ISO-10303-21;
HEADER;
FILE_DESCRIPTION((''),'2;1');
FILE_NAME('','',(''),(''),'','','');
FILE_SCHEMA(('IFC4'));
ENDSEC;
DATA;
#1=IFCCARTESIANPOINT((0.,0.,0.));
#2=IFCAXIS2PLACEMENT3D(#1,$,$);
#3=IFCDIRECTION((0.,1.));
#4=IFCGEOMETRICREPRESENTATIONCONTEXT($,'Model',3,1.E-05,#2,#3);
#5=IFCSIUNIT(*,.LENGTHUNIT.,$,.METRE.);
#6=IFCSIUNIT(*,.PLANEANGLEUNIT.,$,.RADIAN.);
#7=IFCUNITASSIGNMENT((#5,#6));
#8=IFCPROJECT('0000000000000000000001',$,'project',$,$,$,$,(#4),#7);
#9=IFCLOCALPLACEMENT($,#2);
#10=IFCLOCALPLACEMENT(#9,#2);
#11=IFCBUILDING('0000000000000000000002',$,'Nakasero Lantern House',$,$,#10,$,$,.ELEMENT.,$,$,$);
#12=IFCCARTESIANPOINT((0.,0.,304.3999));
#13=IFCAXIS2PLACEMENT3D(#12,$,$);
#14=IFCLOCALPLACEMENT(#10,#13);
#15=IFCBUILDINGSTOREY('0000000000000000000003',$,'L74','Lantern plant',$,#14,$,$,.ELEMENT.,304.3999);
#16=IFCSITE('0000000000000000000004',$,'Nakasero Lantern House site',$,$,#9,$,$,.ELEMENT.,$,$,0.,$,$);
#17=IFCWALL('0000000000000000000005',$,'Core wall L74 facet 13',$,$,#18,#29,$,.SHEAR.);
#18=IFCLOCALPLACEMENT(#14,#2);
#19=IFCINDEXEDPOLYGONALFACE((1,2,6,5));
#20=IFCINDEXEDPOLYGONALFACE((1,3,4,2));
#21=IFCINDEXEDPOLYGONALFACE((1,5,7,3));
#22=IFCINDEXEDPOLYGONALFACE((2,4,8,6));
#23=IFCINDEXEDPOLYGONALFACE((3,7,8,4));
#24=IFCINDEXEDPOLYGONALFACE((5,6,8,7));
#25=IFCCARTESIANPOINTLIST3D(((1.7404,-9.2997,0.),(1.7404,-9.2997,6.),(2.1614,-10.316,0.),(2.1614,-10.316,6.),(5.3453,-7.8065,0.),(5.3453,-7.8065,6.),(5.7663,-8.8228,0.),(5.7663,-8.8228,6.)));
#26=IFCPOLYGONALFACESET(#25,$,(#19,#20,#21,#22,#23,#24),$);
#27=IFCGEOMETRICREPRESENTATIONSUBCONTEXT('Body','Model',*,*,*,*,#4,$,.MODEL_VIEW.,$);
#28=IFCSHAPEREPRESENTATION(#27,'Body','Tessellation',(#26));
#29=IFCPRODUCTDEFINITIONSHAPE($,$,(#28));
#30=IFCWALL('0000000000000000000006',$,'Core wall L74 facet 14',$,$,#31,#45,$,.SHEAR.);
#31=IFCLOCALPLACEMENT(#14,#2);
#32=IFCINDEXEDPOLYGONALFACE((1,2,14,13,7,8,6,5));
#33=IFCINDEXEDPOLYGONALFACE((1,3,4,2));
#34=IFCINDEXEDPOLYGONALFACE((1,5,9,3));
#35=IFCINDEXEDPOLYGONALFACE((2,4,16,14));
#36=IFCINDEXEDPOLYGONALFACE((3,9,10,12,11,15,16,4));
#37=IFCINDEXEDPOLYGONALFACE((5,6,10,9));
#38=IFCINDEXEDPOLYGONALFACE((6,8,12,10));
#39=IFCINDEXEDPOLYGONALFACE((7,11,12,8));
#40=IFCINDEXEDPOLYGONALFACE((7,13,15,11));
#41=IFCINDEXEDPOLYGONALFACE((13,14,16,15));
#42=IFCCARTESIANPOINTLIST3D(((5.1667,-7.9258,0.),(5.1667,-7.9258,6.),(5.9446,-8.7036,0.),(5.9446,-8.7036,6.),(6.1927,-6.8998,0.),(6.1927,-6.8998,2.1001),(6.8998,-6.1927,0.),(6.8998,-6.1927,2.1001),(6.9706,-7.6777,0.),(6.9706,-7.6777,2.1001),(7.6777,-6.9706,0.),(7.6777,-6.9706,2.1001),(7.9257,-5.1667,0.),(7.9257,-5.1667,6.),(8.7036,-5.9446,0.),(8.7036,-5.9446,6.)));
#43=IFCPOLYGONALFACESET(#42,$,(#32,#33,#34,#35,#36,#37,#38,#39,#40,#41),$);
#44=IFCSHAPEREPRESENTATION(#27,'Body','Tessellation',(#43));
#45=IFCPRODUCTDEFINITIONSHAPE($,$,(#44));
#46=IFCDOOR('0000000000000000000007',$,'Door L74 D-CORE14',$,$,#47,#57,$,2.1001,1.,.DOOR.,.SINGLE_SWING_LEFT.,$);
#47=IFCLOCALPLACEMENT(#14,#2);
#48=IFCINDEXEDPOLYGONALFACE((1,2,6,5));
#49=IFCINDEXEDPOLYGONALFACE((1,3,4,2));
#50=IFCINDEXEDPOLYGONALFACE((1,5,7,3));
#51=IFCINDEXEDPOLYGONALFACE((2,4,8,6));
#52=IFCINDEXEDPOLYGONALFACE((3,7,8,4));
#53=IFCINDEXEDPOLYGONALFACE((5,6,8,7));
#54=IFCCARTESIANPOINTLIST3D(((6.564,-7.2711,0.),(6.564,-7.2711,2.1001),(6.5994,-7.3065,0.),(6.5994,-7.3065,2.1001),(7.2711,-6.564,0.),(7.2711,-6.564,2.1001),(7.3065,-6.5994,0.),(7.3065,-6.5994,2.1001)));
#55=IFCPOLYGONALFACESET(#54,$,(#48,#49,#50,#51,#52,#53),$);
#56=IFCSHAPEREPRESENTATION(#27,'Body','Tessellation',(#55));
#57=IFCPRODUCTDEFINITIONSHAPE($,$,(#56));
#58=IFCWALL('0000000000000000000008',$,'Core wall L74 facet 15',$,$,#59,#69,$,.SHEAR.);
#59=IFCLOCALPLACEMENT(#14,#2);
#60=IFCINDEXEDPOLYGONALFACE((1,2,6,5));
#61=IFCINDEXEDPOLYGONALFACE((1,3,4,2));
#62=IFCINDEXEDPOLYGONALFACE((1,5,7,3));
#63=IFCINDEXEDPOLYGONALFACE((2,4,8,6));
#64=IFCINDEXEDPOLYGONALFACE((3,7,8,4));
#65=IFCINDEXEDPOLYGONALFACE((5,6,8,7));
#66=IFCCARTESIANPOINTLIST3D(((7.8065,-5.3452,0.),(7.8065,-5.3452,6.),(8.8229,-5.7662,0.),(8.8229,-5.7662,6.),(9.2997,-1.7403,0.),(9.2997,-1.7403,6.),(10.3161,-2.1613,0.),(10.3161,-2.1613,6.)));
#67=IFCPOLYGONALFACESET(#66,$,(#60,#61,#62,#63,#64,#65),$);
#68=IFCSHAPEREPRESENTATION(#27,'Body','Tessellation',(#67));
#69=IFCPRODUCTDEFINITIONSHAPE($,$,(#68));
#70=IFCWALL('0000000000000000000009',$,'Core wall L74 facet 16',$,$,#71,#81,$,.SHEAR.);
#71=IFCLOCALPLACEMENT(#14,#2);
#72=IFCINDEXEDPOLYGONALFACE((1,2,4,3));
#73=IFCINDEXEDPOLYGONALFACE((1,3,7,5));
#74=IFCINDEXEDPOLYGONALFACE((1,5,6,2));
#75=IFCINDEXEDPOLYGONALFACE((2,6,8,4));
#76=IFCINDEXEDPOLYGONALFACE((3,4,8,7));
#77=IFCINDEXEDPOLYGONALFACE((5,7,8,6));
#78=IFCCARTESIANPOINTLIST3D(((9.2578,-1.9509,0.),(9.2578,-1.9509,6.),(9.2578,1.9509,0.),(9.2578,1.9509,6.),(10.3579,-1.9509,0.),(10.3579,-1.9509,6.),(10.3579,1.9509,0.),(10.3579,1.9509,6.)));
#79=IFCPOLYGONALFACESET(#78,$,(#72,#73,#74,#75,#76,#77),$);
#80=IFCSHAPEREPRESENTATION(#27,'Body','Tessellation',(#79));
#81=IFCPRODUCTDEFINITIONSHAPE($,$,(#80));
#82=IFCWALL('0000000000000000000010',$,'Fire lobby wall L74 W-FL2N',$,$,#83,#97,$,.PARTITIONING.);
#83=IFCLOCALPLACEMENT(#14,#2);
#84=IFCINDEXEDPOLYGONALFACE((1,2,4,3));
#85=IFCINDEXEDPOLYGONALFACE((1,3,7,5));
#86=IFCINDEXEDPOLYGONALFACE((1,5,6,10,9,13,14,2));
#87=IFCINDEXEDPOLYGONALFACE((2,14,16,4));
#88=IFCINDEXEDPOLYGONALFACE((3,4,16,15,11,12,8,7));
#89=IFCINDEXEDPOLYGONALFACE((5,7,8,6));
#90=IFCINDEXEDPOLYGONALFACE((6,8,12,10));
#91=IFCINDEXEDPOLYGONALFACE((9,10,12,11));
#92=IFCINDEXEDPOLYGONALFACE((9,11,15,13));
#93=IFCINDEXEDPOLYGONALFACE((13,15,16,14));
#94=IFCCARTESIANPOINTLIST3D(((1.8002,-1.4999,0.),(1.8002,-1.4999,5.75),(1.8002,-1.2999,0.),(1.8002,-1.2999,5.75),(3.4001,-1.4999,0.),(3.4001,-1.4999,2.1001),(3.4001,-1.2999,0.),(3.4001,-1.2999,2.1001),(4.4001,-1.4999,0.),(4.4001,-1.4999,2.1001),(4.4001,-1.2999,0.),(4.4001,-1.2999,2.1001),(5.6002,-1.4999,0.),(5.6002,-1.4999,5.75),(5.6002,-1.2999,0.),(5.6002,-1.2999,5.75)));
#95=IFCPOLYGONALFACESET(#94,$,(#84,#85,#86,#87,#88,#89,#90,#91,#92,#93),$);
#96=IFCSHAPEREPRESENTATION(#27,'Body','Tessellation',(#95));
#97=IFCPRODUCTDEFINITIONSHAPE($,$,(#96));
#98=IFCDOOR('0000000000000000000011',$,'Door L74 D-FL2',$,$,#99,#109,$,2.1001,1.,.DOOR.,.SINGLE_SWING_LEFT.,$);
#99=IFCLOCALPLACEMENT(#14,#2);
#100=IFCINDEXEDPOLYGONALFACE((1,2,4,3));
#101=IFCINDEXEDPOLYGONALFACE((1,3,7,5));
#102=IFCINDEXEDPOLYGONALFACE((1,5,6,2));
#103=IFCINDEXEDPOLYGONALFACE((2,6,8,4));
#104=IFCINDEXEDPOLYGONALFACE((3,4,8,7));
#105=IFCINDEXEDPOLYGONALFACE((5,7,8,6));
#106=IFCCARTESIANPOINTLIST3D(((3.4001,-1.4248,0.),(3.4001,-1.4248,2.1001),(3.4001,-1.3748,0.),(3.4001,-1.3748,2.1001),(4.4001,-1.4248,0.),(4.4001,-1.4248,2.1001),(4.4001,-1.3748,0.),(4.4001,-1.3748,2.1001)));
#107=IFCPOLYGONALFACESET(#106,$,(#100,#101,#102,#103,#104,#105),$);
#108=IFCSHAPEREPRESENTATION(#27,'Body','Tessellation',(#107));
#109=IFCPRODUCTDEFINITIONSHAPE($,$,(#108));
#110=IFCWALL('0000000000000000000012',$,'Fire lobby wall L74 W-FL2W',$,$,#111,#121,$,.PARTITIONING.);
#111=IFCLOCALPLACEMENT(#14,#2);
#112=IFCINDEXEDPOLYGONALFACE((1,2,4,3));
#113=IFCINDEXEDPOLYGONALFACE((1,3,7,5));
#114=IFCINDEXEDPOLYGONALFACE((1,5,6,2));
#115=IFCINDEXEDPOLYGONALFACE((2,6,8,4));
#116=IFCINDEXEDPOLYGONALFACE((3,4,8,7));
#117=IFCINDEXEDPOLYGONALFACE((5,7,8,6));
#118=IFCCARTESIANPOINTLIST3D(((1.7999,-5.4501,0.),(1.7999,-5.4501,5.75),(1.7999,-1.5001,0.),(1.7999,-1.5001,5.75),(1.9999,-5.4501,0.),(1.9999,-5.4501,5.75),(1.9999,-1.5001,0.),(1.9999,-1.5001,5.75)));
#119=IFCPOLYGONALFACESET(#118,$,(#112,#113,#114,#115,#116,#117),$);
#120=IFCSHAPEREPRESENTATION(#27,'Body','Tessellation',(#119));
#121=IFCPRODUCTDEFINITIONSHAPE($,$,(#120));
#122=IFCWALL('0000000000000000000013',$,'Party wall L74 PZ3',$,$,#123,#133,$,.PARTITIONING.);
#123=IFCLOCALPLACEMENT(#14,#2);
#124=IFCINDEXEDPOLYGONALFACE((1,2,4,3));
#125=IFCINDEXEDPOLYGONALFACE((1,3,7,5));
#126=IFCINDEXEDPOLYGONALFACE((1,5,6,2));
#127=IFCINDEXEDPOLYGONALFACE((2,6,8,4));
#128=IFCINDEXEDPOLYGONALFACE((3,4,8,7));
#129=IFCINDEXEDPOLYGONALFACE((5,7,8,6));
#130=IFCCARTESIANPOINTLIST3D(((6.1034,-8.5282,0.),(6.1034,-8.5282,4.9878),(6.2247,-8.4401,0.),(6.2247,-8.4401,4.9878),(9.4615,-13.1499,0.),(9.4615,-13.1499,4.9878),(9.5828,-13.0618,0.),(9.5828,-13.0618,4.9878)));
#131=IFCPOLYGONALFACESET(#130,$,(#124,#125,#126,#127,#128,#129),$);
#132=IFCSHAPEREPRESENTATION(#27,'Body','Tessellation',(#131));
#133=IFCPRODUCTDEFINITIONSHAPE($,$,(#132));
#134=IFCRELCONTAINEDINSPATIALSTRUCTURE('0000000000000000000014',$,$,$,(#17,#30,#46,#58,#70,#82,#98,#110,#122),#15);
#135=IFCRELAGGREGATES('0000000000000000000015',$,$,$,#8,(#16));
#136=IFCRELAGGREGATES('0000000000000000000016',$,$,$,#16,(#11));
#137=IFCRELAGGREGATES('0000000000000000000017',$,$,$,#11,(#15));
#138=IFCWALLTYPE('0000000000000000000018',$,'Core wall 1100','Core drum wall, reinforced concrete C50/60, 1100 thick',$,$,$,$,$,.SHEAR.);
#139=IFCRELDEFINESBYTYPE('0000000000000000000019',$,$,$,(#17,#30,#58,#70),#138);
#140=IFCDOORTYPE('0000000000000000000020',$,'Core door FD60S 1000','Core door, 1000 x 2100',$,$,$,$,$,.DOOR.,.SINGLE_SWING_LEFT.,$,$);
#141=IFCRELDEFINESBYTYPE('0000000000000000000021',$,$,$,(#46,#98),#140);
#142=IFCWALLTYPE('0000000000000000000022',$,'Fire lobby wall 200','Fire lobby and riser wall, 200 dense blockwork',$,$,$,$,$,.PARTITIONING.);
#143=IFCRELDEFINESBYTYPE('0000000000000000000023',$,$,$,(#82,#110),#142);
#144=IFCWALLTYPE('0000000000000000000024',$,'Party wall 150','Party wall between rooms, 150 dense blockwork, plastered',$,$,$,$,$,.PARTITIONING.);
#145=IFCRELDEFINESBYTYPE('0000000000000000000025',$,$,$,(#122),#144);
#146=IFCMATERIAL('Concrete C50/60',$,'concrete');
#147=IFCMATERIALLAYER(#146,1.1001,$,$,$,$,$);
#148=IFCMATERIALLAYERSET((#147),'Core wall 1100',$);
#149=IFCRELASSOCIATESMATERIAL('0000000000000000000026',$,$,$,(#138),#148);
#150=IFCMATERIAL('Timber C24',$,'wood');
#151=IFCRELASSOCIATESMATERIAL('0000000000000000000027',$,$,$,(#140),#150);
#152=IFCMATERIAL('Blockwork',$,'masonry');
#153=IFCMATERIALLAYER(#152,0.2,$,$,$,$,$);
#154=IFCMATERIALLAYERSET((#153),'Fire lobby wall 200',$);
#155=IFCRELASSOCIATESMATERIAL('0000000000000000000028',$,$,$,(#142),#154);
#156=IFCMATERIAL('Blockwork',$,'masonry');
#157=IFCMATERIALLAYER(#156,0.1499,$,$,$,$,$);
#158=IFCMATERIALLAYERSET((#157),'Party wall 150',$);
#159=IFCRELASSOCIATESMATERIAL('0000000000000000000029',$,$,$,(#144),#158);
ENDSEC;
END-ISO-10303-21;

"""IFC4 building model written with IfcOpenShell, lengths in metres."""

from ifc_helpers import new_model, si_unit, direction, frame, frame_2d, origin, place, context, subcontext, project, spatial, rectangle, extrude, material, layer, layer_set, type_object, element, fill, save


model = new_model("IFC4")

# Units and contexts
model_context = context("Model", 3, precision=1e-05, world=origin(), true_north=direction((0.0, 1.0)))
body_context = subcontext(model_context, "Body", "Model", "MODEL_VIEW")
ifc_project = project(units=[si_unit("LENGTHUNIT", "METRE"), si_unit("PLANEANGLEUNIT", "RADIAN")], contexts=[model_context])

# Site, building, storey
site_placement = place(None, origin())
site = spatial("IfcSite", under=ifc_project, at=site_placement, Name="Nakasero Lantern House site", CompositionType="ELEMENT", RefElevation=0.0)
building_placement = place(site_placement, origin())
building = spatial("IfcBuilding", under=site, at=building_placement, Name="Nakasero Lantern House", CompositionType="ELEMENT")
storey_placement = place(building_placement, frame((0.0, 0.0, 304.3999)))
storey = spatial("IfcBuildingStorey", under=building, at=storey_placement, Name="L74", Description="Lantern plant", CompositionType="ELEMENT", Elevation=304.3999)

# Wall
ifc_material_1 = material(Name="Concrete C50/60", Category="concrete")
ifc_layer_1 = layer(ifc_material_1, 1.1001)
ifc_layer_set_1 = layer_set([ifc_layer_1], Name="Core wall 1100")
wall_type_1 = type_object("IfcWallType", Name="Core wall 1100", Description="Core drum wall, reinforced concrete C50/60, 1100 thick", PredefinedType="SHEAR", material=ifc_layer_set_1)
wall_1_placement = place(storey_placement, frame((1.9509, -9.8079, 0.0), z_axis=(0.0, 0.0, 1.0), x_axis=(0.923877, 0.382691, 0.0)))
element("IfcWall", 1, at=wall_1_placement, inside=storey, type_object=wall_type_1, Name="Core wall L74 facet 13", PredefinedType="SHEAR", context=body_context, shape_type="SweptSolid", body=[
    extrude(rectangle(XDim=3.9019, YDim=1.1001, at=frame_2d((1.9509, 0.0))), origin(), (0.0, 0.0, 1.0), 6.0),
])

# Wall, opening, door
wall_2_placement = place(storey_placement, frame((5.5557, -8.3147, 0.0), z_axis=(0.0, 0.0, 1.0), x_axis=(0.707107, 0.707107, 0.0)))
wall_2 = element("IfcWall", 2, at=wall_2_placement, inside=storey, type_object=wall_type_1, Name="Core wall L74 facet 14", PredefinedType="SHEAR", context=body_context, shape_type="SweptSolid", body=[
    extrude(rectangle(XDim=3.9019, YDim=1.1001, at=frame_2d((1.9509, 0.0))), origin(), (0.0, 0.0, 1.0), 6.0),
])
opening_1_placement = place(wall_2_placement, frame((1.4509, 0.0, 0.0)))
opening_1 = element("IfcOpeningElement", 3, at=opening_1_placement, cuts=wall_2, PredefinedType="OPENING", context=body_context, shape_type="SweptSolid", body=[
    extrude(rectangle(XDim=1.0, YDim=2.1001, at=frame_2d((0.5, 1.05))), frame((0.0, 0.5701, 0.0), z_axis=(0.0, -1.0, 0.0), x_axis=(1.0, 0.0, 0.0)), (0.0, 0.0, 1.0), 1.1401),
])
ifc_material_2 = material(Name="Timber C24", Category="wood")
door_type_1 = type_object("IfcDoorType", Name="Core door FD60S 1000", Description="Core door, 1000 x 2100", OperationType="SINGLE_SWING_LEFT", PredefinedType="DOOR", material=ifc_material_2)
door_1_placement = place(opening_1_placement, origin())
door_1 = element("IfcDoor", 4, at=door_1_placement, inside=storey, type_object=door_type_1, Name="Door L74 D-CORE14", OperationType="SINGLE_SWING_LEFT", OverallHeight=2.1001, OverallWidth=1.0, PredefinedType="DOOR", context=body_context, shape_type="SweptSolid", body=[
    extrude(rectangle(XDim=1.0, YDim=2.1001, at=frame_2d((0.5, 1.05))), frame((0.0, 0.0249, 0.0), z_axis=(0.0, -1.0, 0.0), x_axis=(1.0, 0.0, 0.0)), (0.0, 0.0, 1.0), 0.05),
])
fill(opening_1, door_1)

# Walls
for number, where, z_axis, x_axis, name in (
    (5, (8.3147, -5.5557, 0.0), (0.0, 0.0, 1.0), (0.382691, 0.923877, 0.0), "Core wall L74 facet 15"),
    (6, (9.8079, -1.9509, 0.0), (0.0, 0.0, 1.0), (0.0, 1.0, 0.0), "Core wall L74 facet 16"),
):
    element("IfcWall", number, at=place(storey_placement, frame(where, z_axis=z_axis, x_axis=x_axis)), inside=storey, type_object=wall_type_1, Name=name, PredefinedType="SHEAR", context=body_context, shape_type="SweptSolid", body=[
        extrude(rectangle(XDim=3.9019, YDim=1.1001, at=frame_2d((1.9509, 0.0))), origin(), (0.0, 0.0, 1.0), 6.0),
    ])

# Wall, opening, door
ifc_material_3 = material(Name="Blockwork", Category="masonry")
ifc_layer_2 = layer(ifc_material_3, 0.2)
ifc_layer_set_2 = layer_set([ifc_layer_2], Name="Fire lobby wall 200")
wall_type_2 = type_object("IfcWallType", Name="Fire lobby wall 200", Description="Fire lobby and riser wall, 200 dense blockwork", PredefinedType="PARTITIONING", material=ifc_layer_set_2)
wall_3_placement = place(storey_placement, frame((5.6001, -1.3999, 0.0), z_axis=(0.0, 0.0, 1.0), x_axis=(-1.0, 0.0, 0.0)))
wall_3 = element("IfcWall", 7, at=wall_3_placement, inside=storey, type_object=wall_type_2, Name="Fire lobby wall L74 W-FL2N", PredefinedType="PARTITIONING", context=body_context, shape_type="SweptSolid", body=[
    extrude(rectangle(XDim=3.8, YDim=0.2, at=frame_2d((1.8999, 0.0))), origin(), (0.0, 0.0, 1.0), 5.75),
])
opening_2_placement = place(wall_3_placement, frame((1.2, 0.0, 0.0)))
opening_2 = element("IfcOpeningElement", 8, at=opening_2_placement, cuts=wall_3, PredefinedType="OPENING", context=body_context, shape_type="SweptSolid", body=[
    extrude(rectangle(XDim=1.0, YDim=2.1001, at=frame_2d((0.5, 1.05))), frame((0.0, 0.1199, 0.0), z_axis=(0.0, -1.0, 0.0), x_axis=(1.0, 0.0, 0.0)), (0.0, 0.0, 1.0), 0.24),
])
door_2_placement = place(opening_2_placement, origin())
door_2 = element("IfcDoor", 9, at=door_2_placement, inside=storey, type_object=door_type_1, Name="Door L74 D-FL2", OperationType="SINGLE_SWING_LEFT", OverallHeight=2.1001, OverallWidth=1.0, PredefinedType="DOOR", context=body_context, shape_type="SweptSolid", body=[
    extrude(rectangle(XDim=1.0, YDim=2.1001, at=frame_2d((0.5, 1.05))), frame((0.0, 0.0249, 0.0), z_axis=(0.0, -1.0, 0.0), x_axis=(1.0, 0.0, 0.0)), (0.0, 0.0, 1.0), 0.05),
])
fill(opening_2, door_2)

# Walls
wall_4_placement = place(storey_placement, frame((1.8999, -1.5, 0.0), z_axis=(0.0, 0.0, 1.0), x_axis=(0.0, -1.0, 0.0)))
element("IfcWall", 10, at=wall_4_placement, inside=storey, type_object=wall_type_2, Name="Fire lobby wall L74 W-FL2W", PredefinedType="PARTITIONING", context=body_context, shape_type="SweptSolid", body=[
    extrude(rectangle(XDim=3.95, YDim=0.2, at=frame_2d((1.9751, 0.0))), origin(), (0.0, 0.0, 1.0), 5.75),
])
ifc_material_4 = material(Name="Blockwork", Category="masonry")
ifc_layer_3 = layer(ifc_material_4, 0.1499)
ifc_layer_set_3 = layer_set([ifc_layer_3], Name="Party wall 150")
wall_type_3 = type_object("IfcWallType", Name="Party wall 150", Description="Party wall between rooms, 150 dense blockwork, plastered", PredefinedType="PARTITIONING", material=ifc_layer_set_3)
wall_5_placement = place(storey_placement, frame((6.1641, -8.4841, 0.0), z_axis=(0.0, 0.0, 1.0), x_axis=(0.587808, -0.809, 0.0)))
element("IfcWall", 11, at=wall_5_placement, inside=storey, type_object=wall_type_3, Name="Party wall L74 PZ3", PredefinedType="PARTITIONING", context=body_context, shape_type="SweptSolid", body=[
    extrude(rectangle(XDim=5.7129, YDim=0.1499, at=frame_2d((2.8564, 0.0))), origin(), (0.0, 0.0, 1.0), 4.9878),
])

save(model, "model.ifc")
